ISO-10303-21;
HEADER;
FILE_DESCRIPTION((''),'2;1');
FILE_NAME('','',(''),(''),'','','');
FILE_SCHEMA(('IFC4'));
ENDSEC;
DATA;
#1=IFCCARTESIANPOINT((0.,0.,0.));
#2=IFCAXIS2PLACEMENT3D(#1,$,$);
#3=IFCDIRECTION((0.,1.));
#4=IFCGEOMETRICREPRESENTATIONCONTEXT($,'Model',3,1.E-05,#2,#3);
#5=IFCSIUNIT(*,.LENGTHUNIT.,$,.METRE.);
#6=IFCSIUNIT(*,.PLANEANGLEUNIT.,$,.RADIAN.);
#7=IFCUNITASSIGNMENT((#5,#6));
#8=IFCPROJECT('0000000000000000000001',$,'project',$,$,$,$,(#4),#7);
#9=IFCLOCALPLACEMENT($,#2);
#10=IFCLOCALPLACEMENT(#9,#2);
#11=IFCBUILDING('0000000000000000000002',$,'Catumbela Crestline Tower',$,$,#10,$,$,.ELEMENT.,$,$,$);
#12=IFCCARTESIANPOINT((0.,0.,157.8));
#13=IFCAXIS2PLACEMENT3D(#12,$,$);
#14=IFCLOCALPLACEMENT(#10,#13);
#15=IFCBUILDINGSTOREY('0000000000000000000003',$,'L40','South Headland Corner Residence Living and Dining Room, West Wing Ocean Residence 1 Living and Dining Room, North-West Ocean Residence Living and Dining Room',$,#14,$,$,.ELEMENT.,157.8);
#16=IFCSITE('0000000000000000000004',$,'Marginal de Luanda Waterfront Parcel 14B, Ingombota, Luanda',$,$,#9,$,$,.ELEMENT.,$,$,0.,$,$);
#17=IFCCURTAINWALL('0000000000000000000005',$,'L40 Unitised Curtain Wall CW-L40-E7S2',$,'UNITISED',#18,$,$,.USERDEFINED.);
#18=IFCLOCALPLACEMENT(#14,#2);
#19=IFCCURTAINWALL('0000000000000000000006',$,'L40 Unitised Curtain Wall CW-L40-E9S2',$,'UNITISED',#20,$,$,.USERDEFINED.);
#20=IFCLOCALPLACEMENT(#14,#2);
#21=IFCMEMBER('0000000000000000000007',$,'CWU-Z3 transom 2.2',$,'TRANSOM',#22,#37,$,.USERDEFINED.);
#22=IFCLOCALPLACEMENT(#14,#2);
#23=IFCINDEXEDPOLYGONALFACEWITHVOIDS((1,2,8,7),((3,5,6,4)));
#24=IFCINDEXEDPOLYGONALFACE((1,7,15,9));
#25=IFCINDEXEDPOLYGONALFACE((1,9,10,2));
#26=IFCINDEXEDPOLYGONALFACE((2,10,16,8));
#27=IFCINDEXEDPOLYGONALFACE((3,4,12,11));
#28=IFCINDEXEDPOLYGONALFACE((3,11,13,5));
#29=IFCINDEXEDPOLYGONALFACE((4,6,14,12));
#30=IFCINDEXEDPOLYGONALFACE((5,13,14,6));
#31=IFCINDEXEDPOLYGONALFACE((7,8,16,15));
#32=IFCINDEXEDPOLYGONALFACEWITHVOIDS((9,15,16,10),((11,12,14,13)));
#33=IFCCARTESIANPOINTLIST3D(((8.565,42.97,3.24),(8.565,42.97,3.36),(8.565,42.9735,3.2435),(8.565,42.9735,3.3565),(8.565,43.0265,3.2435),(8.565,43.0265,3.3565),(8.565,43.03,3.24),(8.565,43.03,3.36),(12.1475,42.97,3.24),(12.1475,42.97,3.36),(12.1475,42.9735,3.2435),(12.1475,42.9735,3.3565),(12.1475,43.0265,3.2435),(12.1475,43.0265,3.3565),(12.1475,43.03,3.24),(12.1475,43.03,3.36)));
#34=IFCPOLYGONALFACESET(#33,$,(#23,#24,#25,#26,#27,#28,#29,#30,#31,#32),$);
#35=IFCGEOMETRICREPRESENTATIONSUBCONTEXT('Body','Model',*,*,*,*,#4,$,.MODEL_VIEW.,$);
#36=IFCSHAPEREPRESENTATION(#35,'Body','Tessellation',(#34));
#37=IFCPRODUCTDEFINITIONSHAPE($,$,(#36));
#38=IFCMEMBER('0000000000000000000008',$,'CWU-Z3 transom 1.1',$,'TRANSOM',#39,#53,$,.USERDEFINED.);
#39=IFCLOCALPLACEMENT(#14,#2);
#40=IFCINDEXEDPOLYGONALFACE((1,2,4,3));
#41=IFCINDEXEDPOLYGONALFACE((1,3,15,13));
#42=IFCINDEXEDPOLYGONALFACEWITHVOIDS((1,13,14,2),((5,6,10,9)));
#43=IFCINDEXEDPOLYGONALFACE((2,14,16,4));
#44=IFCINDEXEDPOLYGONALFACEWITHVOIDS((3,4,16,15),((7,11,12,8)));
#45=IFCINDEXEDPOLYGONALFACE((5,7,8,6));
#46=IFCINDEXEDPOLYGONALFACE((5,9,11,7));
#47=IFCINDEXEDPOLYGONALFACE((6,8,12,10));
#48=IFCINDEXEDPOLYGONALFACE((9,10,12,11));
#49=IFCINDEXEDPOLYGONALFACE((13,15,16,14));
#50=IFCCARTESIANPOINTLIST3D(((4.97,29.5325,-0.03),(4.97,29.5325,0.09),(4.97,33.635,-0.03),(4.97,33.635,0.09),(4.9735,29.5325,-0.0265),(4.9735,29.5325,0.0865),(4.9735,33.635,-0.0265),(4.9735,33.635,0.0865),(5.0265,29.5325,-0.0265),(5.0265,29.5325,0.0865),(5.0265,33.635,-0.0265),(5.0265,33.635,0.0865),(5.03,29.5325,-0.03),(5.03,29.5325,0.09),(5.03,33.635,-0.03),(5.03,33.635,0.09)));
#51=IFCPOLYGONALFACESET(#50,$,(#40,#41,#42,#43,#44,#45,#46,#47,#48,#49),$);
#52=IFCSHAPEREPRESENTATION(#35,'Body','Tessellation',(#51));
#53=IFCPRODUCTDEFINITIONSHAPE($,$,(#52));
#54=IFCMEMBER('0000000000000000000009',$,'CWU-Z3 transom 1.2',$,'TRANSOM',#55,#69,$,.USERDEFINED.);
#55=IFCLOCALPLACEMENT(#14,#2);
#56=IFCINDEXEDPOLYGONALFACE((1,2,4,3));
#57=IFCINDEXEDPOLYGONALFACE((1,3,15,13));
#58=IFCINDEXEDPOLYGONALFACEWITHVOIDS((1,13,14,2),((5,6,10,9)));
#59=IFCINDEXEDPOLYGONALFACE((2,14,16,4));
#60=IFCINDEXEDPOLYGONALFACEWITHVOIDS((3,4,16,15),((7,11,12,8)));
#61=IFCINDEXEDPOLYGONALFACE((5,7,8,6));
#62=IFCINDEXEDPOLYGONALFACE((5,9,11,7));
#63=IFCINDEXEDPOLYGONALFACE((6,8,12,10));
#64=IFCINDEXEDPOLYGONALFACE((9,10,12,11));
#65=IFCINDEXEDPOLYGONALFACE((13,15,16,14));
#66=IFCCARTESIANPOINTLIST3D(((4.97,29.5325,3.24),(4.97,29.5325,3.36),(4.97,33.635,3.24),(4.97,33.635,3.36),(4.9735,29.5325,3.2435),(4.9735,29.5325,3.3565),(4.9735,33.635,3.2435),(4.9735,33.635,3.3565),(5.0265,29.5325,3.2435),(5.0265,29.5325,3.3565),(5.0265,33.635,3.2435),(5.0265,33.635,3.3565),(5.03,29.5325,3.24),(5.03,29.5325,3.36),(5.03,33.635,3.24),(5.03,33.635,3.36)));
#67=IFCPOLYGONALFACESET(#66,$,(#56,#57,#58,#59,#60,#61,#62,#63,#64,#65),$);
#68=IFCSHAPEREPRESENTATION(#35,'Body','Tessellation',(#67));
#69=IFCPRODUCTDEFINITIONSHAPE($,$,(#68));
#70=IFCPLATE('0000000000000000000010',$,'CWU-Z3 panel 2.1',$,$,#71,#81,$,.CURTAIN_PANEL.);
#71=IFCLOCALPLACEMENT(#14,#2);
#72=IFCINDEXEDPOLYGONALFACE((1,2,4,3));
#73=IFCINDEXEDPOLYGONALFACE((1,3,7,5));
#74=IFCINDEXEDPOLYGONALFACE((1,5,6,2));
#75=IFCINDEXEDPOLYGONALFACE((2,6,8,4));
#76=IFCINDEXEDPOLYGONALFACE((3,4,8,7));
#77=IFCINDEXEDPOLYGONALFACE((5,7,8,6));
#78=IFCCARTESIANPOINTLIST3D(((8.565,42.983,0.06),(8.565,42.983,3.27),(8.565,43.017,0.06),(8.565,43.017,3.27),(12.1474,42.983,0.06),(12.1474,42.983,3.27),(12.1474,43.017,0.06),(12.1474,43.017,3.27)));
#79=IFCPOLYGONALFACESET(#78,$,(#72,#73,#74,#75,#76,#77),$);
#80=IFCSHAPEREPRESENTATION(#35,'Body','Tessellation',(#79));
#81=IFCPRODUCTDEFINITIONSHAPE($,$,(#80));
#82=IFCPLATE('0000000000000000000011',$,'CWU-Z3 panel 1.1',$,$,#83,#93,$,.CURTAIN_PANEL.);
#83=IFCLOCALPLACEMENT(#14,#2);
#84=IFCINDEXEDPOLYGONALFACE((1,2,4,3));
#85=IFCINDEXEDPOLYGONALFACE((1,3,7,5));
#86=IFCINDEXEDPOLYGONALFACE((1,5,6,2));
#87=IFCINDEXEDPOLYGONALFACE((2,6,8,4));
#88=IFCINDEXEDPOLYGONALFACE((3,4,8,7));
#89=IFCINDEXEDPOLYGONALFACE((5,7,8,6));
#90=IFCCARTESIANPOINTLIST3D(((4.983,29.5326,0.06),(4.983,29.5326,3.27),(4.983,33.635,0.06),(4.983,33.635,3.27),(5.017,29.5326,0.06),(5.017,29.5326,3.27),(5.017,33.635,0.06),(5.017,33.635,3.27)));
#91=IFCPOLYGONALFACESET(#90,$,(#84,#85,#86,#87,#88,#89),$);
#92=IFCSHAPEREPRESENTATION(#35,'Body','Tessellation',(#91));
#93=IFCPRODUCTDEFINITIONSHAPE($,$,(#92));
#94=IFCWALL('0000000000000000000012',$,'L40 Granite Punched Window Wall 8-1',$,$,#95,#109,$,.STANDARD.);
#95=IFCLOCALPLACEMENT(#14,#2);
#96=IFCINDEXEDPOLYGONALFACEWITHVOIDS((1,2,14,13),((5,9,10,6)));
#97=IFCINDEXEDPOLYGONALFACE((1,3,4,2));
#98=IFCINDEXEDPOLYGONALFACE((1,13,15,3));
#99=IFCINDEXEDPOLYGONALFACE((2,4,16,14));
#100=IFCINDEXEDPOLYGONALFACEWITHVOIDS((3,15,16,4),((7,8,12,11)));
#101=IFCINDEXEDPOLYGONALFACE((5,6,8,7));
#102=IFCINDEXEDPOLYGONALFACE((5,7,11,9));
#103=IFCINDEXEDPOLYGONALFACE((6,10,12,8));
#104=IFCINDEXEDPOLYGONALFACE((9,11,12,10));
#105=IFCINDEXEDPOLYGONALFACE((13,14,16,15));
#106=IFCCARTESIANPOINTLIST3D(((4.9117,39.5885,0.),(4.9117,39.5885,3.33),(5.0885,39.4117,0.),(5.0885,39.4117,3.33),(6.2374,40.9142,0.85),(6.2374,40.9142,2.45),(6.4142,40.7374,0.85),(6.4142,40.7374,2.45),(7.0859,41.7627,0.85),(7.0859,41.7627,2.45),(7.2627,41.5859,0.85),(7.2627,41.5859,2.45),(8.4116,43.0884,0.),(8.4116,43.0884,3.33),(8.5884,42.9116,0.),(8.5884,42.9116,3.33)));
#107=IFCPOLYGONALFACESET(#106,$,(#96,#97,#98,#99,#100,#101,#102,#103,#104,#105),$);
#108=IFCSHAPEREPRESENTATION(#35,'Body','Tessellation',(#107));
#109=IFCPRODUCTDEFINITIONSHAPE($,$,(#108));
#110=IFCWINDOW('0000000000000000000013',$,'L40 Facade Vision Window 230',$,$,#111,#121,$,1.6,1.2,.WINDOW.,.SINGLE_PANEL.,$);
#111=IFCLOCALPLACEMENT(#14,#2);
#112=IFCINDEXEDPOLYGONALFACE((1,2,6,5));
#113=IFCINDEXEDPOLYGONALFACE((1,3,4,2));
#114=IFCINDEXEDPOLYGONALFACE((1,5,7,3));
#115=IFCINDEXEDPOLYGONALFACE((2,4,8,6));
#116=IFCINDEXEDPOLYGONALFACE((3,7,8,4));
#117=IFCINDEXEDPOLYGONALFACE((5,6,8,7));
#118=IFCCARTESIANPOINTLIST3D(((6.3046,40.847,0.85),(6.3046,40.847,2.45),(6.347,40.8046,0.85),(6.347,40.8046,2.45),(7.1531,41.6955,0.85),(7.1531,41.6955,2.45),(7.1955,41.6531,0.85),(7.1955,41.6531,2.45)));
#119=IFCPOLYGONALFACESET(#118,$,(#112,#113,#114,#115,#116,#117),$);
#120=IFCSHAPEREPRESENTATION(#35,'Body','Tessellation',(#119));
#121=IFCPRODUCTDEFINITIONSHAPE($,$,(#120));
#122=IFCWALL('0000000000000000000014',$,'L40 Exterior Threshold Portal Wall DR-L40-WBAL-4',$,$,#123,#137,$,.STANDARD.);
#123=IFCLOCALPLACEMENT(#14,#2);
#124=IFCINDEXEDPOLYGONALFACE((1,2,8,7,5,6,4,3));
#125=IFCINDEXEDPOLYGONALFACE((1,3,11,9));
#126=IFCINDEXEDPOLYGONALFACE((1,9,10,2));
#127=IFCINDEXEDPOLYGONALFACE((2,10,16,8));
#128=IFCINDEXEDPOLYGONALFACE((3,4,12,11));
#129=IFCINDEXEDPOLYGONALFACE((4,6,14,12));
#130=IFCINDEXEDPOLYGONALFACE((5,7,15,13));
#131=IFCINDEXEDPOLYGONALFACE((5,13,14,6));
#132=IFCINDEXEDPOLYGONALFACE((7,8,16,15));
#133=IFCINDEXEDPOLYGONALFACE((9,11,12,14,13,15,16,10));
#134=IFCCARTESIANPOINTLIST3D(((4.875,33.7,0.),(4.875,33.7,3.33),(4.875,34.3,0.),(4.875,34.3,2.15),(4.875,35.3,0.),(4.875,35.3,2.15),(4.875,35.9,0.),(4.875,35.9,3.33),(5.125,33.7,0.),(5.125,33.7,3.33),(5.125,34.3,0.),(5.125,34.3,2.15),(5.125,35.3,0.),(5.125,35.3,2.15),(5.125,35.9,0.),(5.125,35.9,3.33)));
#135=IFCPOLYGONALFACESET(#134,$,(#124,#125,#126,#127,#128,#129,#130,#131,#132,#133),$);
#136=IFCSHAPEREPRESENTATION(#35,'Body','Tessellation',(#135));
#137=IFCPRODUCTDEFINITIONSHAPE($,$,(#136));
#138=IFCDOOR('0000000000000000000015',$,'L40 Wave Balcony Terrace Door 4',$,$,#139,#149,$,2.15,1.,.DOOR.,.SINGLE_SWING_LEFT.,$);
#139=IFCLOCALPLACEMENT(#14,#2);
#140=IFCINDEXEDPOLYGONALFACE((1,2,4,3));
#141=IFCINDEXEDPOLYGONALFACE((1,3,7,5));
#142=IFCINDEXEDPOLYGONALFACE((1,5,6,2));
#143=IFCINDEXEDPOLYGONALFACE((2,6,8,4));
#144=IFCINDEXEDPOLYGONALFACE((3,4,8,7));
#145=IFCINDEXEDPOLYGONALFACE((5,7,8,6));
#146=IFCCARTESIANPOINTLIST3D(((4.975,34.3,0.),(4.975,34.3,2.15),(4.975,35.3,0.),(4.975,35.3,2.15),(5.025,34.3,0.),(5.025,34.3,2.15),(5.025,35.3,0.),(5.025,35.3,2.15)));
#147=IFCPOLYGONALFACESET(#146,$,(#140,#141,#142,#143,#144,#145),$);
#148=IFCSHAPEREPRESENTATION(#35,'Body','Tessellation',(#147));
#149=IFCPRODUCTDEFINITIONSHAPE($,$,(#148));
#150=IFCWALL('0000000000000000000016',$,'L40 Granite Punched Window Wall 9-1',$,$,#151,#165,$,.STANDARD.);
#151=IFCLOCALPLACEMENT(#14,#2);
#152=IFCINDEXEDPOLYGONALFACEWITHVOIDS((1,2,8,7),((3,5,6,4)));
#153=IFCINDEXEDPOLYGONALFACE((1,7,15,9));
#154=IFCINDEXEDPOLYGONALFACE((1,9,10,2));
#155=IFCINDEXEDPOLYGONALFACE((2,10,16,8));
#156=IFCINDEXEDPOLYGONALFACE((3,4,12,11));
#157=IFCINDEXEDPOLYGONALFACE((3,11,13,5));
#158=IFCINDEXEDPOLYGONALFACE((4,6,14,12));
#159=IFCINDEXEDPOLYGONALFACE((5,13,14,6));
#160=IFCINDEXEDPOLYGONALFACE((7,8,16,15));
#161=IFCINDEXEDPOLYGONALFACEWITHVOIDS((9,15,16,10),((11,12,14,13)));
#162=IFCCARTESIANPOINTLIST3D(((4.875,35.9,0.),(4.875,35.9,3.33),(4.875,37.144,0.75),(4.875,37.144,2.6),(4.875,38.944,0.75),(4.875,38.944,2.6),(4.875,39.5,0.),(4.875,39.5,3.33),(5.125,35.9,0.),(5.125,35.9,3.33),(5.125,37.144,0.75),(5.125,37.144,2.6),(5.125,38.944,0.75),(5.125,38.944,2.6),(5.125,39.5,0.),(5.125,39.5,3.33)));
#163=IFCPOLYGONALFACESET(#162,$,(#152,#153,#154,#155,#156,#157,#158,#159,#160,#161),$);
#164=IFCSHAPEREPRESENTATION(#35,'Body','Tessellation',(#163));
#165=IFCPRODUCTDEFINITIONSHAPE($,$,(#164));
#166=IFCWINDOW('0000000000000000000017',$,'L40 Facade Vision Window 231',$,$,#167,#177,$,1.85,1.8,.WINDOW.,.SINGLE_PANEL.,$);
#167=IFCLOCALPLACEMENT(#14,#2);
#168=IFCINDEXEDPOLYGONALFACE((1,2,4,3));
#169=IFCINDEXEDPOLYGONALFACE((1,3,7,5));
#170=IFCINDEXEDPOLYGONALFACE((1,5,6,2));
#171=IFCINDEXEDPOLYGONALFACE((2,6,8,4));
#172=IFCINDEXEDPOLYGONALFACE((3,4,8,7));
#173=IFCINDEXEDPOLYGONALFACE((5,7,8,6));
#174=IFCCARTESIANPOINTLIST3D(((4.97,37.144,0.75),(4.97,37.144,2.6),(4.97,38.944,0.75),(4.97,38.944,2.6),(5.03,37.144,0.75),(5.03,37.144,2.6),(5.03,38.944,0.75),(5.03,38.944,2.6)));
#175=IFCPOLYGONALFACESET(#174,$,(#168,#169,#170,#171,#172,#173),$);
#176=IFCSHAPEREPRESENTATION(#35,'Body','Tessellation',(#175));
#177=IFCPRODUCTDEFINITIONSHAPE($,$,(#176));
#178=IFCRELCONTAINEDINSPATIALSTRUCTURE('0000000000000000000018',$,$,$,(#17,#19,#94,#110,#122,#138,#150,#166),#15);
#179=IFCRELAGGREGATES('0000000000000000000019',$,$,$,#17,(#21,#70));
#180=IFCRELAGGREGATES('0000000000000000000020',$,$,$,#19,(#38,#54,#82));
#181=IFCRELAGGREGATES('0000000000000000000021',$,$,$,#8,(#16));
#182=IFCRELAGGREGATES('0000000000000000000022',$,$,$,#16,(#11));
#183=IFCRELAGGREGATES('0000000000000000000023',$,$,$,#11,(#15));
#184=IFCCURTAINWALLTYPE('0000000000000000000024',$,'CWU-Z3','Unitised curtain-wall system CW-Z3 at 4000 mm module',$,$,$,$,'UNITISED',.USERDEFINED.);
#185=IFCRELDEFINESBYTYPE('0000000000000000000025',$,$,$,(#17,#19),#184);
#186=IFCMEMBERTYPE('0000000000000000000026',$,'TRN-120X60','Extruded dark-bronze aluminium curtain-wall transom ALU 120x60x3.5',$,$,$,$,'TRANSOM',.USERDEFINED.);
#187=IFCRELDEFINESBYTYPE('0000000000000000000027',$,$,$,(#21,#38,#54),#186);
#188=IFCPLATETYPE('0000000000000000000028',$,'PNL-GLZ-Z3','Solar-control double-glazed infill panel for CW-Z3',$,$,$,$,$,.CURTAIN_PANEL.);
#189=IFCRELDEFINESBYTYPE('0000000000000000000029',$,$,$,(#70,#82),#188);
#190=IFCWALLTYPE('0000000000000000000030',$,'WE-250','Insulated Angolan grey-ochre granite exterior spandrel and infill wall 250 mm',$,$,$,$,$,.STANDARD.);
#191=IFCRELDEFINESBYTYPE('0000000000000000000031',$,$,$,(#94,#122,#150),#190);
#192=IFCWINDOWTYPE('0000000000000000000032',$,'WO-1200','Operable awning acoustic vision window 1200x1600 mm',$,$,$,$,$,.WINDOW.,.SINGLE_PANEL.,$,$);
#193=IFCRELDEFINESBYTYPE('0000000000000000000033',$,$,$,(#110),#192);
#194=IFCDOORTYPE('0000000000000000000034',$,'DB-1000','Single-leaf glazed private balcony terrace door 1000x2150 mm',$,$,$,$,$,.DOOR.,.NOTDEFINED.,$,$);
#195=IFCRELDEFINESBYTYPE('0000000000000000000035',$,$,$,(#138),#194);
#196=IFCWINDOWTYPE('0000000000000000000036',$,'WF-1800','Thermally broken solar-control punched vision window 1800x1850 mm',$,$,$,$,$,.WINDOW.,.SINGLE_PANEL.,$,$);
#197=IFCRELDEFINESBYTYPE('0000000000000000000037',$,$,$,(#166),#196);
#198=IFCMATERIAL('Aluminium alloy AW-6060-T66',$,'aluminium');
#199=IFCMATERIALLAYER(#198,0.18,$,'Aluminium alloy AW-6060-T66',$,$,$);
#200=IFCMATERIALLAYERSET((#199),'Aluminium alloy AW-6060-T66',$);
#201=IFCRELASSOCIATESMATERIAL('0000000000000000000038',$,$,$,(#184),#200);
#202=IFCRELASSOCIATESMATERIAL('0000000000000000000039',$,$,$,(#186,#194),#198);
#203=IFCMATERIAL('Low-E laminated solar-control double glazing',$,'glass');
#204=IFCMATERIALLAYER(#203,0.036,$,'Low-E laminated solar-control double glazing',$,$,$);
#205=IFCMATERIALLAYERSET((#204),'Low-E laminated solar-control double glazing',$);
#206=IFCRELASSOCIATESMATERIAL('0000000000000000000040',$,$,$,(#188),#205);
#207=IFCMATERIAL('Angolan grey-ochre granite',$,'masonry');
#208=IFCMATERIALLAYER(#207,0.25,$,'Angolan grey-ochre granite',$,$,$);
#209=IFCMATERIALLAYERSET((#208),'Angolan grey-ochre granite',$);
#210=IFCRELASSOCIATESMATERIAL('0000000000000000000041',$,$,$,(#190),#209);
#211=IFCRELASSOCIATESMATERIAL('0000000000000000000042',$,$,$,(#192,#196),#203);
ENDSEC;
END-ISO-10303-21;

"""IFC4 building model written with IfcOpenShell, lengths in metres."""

from ifc_helpers import new_model, si_unit, direction, frame, frame_2d, origin, origin_2d, place, context, subcontext, project, spatial, rectangle, hollow_rectangle, extrude, material, layer, layer_set, material_profile, profile_set, type_object, element, fill, aggregate, save


model = new_model("IFC4")

# Units and contexts
model_context = context("Model", 3, precision=1e-05, world=origin(), true_north=direction((0.0, 1.0)))
body_context = subcontext(model_context, "Body", "Model", "MODEL_VIEW")
ifc_project = project(units=[si_unit("LENGTHUNIT", "METRE"), si_unit("PLANEANGLEUNIT", "RADIAN")], contexts=[model_context])

# Site, building, storey
site_placement = place(None, origin())
site = spatial("IfcSite", under=ifc_project, at=site_placement, Name="Marginal de Luanda Waterfront Parcel 14B, Ingombota, Luanda", CompositionType="ELEMENT", RefElevation=0.0)
building_placement = place(site_placement, origin())
building = spatial("IfcBuilding", under=site, at=building_placement, Name="Catumbela Crestline Tower", CompositionType="ELEMENT")
storey_placement = place(building_placement, frame((0.0, 0.0, 157.8)))
storey = spatial("IfcBuildingStorey", under=building, at=storey_placement, Name="L40", Description="South Headland Corner Residence Living and Dining Room, West Wing Ocean Residence 1 Living and Dining Room, North-West Ocean Residence Living and Dining Room", CompositionType="ELEMENT", Elevation=157.8)

# Curtain wall
ifc_material_1 = material(Name="Aluminium alloy AW-6060-T66", Category="aluminium")
ifc_layer_1 = layer(ifc_material_1, 0.18, Name="Aluminium alloy AW-6060-T66")
ifc_layer_set_1 = layer_set([ifc_layer_1], Name="Aluminium alloy AW-6060-T66")
curtain_wall_type = type_object("IfcCurtainWallType", Name="CWU-Z3", Description="Unitised curtain-wall system CW-Z3 at 4000 mm module", ElementType="UNITISED", PredefinedType="USERDEFINED", material=ifc_layer_set_1)
curtain_wall_1_placement = place(storey_placement, origin())
curtain_wall_1 = element("IfcCurtainWall", 1, at=curtain_wall_1_placement, inside=storey, type_object=curtain_wall_type, Name="L40 Unitised Curtain Wall CW-L40-E7S2", ObjectType="UNITISED", PredefinedType="USERDEFINED")

# Curtain wall
curtain_wall_2_placement = place(storey_placement, origin())
curtain_wall_2 = element("IfcCurtainWall", 2, at=curtain_wall_2_placement, inside=storey, type_object=curtain_wall_type, Name="L40 Unitised Curtain Wall CW-L40-E9S2", ObjectType="UNITISED", PredefinedType="USERDEFINED")

# Members
ifc_material_profile_1 = material_profile(ifc_material_1, hollow_rectangle(XDim=0.06, YDim=0.12, WallThickness=0.0035, at=origin_2d()), Name="ALU 120x60x3.5")
ifc_profile_set_1 = profile_set([ifc_material_profile_1], Name="Aluminium alloy AW-6060-T66")
member_type_1 = type_object("IfcMemberType", Name="TRN-120X60", Description="Extruded dark-bronze aluminium curtain-wall transom ALU 120x60x3.5", ElementType="TRANSOM", PredefinedType="USERDEFINED", material=ifc_profile_set_1)
member_1_placement = place(storey_placement, frame((12.1475, 43.0, 3.3), z_axis=(-1.0, 0.0, 0.0), x_axis=(0.0, -1.0, 0.0)))
member_1 = element("IfcMember", 3, at=member_1_placement, type_object=member_type_1, Name="CWU-Z3 transom 2.2", ObjectType="TRANSOM", PredefinedType="USERDEFINED", context=body_context, shape_type="SweptSolid", body=[
    extrude(hollow_rectangle(XDim=0.06, YDim=0.12, WallThickness=0.0035, at=origin_2d()), origin(), (0.0, 0.0, 1.0), 3.5825),
])
member_2_placement = place(storey_placement, frame((5.0, 33.635, 0.03), z_axis=(0.0, -1.0, 0.0), x_axis=(1.0, 0.0, 0.0)))
member_2 = element("IfcMember", 4, at=member_2_placement, type_object=member_type_1, Name="CWU-Z3 transom 1.1", ObjectType="TRANSOM", PredefinedType="USERDEFINED", context=body_context, shape_type="SweptSolid", body=[
    extrude(hollow_rectangle(XDim=0.06, YDim=0.12, WallThickness=0.0035, at=origin_2d()), origin(), (0.0, 0.0, 1.0), 4.1025),
])
member_3_placement = place(storey_placement, frame((5.0, 33.635, 3.3), z_axis=(0.0, -1.0, 0.0), x_axis=(1.0, 0.0, 0.0)))
member_3 = element("IfcMember", 5, at=member_3_placement, type_object=member_type_1, Name="CWU-Z3 transom 1.2", ObjectType="TRANSOM", PredefinedType="USERDEFINED", context=body_context, shape_type="SweptSolid", body=[
    extrude(hollow_rectangle(XDim=0.06, YDim=0.12, WallThickness=0.0035, at=origin_2d()), origin(), (0.0, 0.0, 1.0), 4.1025),
])

# Plates
ifc_material_2 = material(Name="Low-E laminated solar-control double glazing", Category="glass")
ifc_layer_2 = layer(ifc_material_2, 0.036, Name="Low-E laminated solar-control double glazing")
ifc_layer_set_2 = layer_set([ifc_layer_2], Name="Low-E laminated solar-control double glazing")
plate_type = type_object("IfcPlateType", Name="PNL-GLZ-Z3", Description="Solar-control double-glazed infill panel for CW-Z3", PredefinedType="CURTAIN_PANEL", material=ifc_layer_set_2)
plate_1_placement = place(storey_placement, frame((10.3562, 43.0, 0.06), z_axis=(0.0, 0.0, 1.0), x_axis=(-1.0, 0.0, 0.0)))
plate_1 = element("IfcPlate", 6, at=plate_1_placement, type_object=plate_type, Name="CWU-Z3 panel 2.1", PredefinedType="CURTAIN_PANEL", context=body_context, shape_type="SweptSolid", body=[
    extrude(rectangle(XDim=3.5825, YDim=0.034, at=origin_2d()), origin(), (0.0, 0.0, 1.0), 3.21),
])
aggregate(curtain_wall_1, [member_1, plate_1])
plate_2_placement = place(storey_placement, frame((5.0, 31.5838, 0.06), z_axis=(0.0, 0.0, 1.0), x_axis=(0.0, -1.0, 0.0)))
plate_2 = element("IfcPlate", 7, at=plate_2_placement, type_object=plate_type, Name="CWU-Z3 panel 1.1", PredefinedType="CURTAIN_PANEL", context=body_context, shape_type="SweptSolid", body=[
    extrude(rectangle(XDim=4.1025, YDim=0.034, at=origin_2d()), origin(), (0.0, 0.0, 1.0), 3.21),
])
aggregate(curtain_wall_2, [member_2, member_3, plate_2])

# Wall, opening, window
ifc_material_3 = material(Name="Angolan grey-ochre granite", Category="masonry")
ifc_layer_3 = layer(ifc_material_3, 0.25, Name="Angolan grey-ochre granite")
ifc_layer_set_3 = layer_set([ifc_layer_3], Name="Angolan grey-ochre granite")
wall_type_1 = type_object("IfcWallType", Name="WE-250", Description="Insulated Angolan grey-ochre granite exterior spandrel and infill wall 250 mm", PredefinedType="STANDARD", material=ifc_layer_set_3)
wall_1_placement = place(storey_placement, frame((8.5, 43.0, 0.0), z_axis=(0.0, 0.0, 1.0), x_axis=(-0.707107, -0.707107, 0.0)))
wall_1 = element("IfcWall", 8, at=wall_1_placement, inside=storey, type_object=wall_type_1, Name="L40 Granite Punched Window Wall 8-1", PredefinedType="STANDARD", context=body_context, shape_type="SweptSolid", body=[
    extrude(rectangle(XDim=4.9497, YDim=0.25, at=frame_2d((2.4748, 0.0))), origin(), (0.0, 0.0, 1.0), 3.33),
])
opening_1_placement = place(wall_1_placement, frame((1.8748, 0.0, 0.85)))
opening_1 = element("IfcOpeningElement", 9, at=opening_1_placement, cuts=wall_1, PredefinedType="OPENING", context=body_context, shape_type="SweptSolid", body=[
    extrude(rectangle(XDim=1.2, YDim=1.6, at=frame_2d((0.6, 0.8))), frame((0.0, 0.135, 0.0), z_axis=(0.0, -1.0, 0.0), x_axis=(1.0, 0.0, 0.0)), (0.0, 0.0, 1.0), 0.27),
])
window_type_1 = type_object("IfcWindowType", Name="WO-1200", Description="Operable awning acoustic vision window 1200x1600 mm", PartitioningType="SINGLE_PANEL", PredefinedType="WINDOW", material=ifc_material_2)
window_1_placement = place(opening_1_placement, origin())
window_1 = element("IfcWindow", 10, at=window_1_placement, inside=storey, type_object=window_type_1, Name="L40 Facade Vision Window 230", OverallHeight=1.6, OverallWidth=1.2, PartitioningType="SINGLE_PANEL", PredefinedType="WINDOW", context=body_context, shape_type="SweptSolid", body=[
    extrude(rectangle(XDim=1.2, YDim=1.6, at=frame_2d((0.6, 0.8))), frame((0.0, 0.03, 0.0), z_axis=(0.0, -1.0, 0.0), x_axis=(1.0, 0.0, 0.0)), (0.0, 0.0, 1.0), 0.06),
])
fill(opening_1, window_1)

# Wall, opening, door
wall_2_placement = place(storey_placement, frame((5.0, 35.9, 0.0), z_axis=(0.0, 0.0, 1.0), x_axis=(0.0, -1.0, 0.0)))
wall_2 = element("IfcWall", 11, at=wall_2_placement, inside=storey, type_object=wall_type_1, Name="L40 Exterior Threshold Portal Wall DR-L40-WBAL-4", PredefinedType="STANDARD", context=body_context, shape_type="SweptSolid", body=[
    extrude(rectangle(XDim=2.2, YDim=0.25, at=frame_2d((1.1, 0.0))), origin(), (0.0, 0.0, 1.0), 3.33),
])
opening_2_placement = place(wall_2_placement, frame((0.6, 0.0, 0.0)))
opening_2 = element("IfcOpeningElement", 12, at=opening_2_placement, cuts=wall_2, PredefinedType="OPENING", context=body_context, shape_type="SweptSolid", body=[
    extrude(rectangle(XDim=1.0, YDim=2.15, at=frame_2d((0.5, 1.075))), frame((0.0, 0.135, 0.0), z_axis=(0.0, -1.0, 0.0), x_axis=(1.0, 0.0, 0.0)), (0.0, 0.0, 1.0), 0.27),
])
door_type_1 = type_object("IfcDoorType", Name="DB-1000", Description="Single-leaf glazed private balcony terrace door 1000x2150 mm", OperationType="NOTDEFINED", PredefinedType="DOOR", material=ifc_material_1)
door_1_placement = place(opening_2_placement, origin())
door_1 = element("IfcDoor", 13, at=door_1_placement, inside=storey, type_object=door_type_1, Name="L40 Wave Balcony Terrace Door 4", OperationType="SINGLE_SWING_LEFT", OverallHeight=2.15, OverallWidth=1.0, PredefinedType="DOOR", context=body_context, shape_type="SweptSolid", body=[
    extrude(rectangle(XDim=1.0, YDim=2.15, at=frame_2d((0.5, 1.075))), frame((0.0, 0.025, 0.0), z_axis=(0.0, -1.0, 0.0), x_axis=(1.0, 0.0, 0.0)), (0.0, 0.0, 1.0), 0.05),
])
fill(opening_2, door_1)

# Wall, opening, window
wall_3_placement = place(storey_placement, frame((5.0, 39.5, 0.0), z_axis=(0.0, 0.0, 1.0), x_axis=(0.0, -1.0, 0.0)))
wall_3 = element("IfcWall", 14, at=wall_3_placement, inside=storey, type_object=wall_type_1, Name="L40 Granite Punched Window Wall 9-1", PredefinedType="STANDARD", context=body_context, shape_type="SweptSolid", body=[
    extrude(rectangle(XDim=3.6, YDim=0.25, at=frame_2d((1.8, 0.0))), origin(), (0.0, 0.0, 1.0), 3.33),
])
opening_3_placement = place(wall_3_placement, frame((0.556, 0.0, 0.75)))
opening_3 = element("IfcOpeningElement", 15, at=opening_3_placement, cuts=wall_3, PredefinedType="OPENING", context=body_context, shape_type="SweptSolid", body=[
    extrude(rectangle(XDim=1.8, YDim=1.85, at=frame_2d((0.9, 0.925))), frame((0.0, 0.135, 0.0), z_axis=(0.0, -1.0, 0.0), x_axis=(1.0, 0.0, 0.0)), (0.0, 0.0, 1.0), 0.27),
])
window_type_2 = type_object("IfcWindowType", Name="WF-1800", Description="Thermally broken solar-control punched vision window 1800x1850 mm", PartitioningType="SINGLE_PANEL", PredefinedType="WINDOW", material=ifc_material_2)
window_2_placement = place(opening_3_placement, origin())
window_2 = element("IfcWindow", 16, at=window_2_placement, inside=storey, type_object=window_type_2, Name="L40 Facade Vision Window 231", OverallHeight=1.85, OverallWidth=1.8, PartitioningType="SINGLE_PANEL", PredefinedType="WINDOW", context=body_context, shape_type="SweptSolid", body=[
    extrude(rectangle(XDim=1.8, YDim=1.85, at=frame_2d((0.9, 0.925))), frame((0.0, 0.03, 0.0), z_axis=(0.0, -1.0, 0.0), x_axis=(1.0, 0.0, 0.0)), (0.0, 0.0, 1.0), 0.06),
])
fill(opening_3, window_2)

save(model, "model.ifc")
